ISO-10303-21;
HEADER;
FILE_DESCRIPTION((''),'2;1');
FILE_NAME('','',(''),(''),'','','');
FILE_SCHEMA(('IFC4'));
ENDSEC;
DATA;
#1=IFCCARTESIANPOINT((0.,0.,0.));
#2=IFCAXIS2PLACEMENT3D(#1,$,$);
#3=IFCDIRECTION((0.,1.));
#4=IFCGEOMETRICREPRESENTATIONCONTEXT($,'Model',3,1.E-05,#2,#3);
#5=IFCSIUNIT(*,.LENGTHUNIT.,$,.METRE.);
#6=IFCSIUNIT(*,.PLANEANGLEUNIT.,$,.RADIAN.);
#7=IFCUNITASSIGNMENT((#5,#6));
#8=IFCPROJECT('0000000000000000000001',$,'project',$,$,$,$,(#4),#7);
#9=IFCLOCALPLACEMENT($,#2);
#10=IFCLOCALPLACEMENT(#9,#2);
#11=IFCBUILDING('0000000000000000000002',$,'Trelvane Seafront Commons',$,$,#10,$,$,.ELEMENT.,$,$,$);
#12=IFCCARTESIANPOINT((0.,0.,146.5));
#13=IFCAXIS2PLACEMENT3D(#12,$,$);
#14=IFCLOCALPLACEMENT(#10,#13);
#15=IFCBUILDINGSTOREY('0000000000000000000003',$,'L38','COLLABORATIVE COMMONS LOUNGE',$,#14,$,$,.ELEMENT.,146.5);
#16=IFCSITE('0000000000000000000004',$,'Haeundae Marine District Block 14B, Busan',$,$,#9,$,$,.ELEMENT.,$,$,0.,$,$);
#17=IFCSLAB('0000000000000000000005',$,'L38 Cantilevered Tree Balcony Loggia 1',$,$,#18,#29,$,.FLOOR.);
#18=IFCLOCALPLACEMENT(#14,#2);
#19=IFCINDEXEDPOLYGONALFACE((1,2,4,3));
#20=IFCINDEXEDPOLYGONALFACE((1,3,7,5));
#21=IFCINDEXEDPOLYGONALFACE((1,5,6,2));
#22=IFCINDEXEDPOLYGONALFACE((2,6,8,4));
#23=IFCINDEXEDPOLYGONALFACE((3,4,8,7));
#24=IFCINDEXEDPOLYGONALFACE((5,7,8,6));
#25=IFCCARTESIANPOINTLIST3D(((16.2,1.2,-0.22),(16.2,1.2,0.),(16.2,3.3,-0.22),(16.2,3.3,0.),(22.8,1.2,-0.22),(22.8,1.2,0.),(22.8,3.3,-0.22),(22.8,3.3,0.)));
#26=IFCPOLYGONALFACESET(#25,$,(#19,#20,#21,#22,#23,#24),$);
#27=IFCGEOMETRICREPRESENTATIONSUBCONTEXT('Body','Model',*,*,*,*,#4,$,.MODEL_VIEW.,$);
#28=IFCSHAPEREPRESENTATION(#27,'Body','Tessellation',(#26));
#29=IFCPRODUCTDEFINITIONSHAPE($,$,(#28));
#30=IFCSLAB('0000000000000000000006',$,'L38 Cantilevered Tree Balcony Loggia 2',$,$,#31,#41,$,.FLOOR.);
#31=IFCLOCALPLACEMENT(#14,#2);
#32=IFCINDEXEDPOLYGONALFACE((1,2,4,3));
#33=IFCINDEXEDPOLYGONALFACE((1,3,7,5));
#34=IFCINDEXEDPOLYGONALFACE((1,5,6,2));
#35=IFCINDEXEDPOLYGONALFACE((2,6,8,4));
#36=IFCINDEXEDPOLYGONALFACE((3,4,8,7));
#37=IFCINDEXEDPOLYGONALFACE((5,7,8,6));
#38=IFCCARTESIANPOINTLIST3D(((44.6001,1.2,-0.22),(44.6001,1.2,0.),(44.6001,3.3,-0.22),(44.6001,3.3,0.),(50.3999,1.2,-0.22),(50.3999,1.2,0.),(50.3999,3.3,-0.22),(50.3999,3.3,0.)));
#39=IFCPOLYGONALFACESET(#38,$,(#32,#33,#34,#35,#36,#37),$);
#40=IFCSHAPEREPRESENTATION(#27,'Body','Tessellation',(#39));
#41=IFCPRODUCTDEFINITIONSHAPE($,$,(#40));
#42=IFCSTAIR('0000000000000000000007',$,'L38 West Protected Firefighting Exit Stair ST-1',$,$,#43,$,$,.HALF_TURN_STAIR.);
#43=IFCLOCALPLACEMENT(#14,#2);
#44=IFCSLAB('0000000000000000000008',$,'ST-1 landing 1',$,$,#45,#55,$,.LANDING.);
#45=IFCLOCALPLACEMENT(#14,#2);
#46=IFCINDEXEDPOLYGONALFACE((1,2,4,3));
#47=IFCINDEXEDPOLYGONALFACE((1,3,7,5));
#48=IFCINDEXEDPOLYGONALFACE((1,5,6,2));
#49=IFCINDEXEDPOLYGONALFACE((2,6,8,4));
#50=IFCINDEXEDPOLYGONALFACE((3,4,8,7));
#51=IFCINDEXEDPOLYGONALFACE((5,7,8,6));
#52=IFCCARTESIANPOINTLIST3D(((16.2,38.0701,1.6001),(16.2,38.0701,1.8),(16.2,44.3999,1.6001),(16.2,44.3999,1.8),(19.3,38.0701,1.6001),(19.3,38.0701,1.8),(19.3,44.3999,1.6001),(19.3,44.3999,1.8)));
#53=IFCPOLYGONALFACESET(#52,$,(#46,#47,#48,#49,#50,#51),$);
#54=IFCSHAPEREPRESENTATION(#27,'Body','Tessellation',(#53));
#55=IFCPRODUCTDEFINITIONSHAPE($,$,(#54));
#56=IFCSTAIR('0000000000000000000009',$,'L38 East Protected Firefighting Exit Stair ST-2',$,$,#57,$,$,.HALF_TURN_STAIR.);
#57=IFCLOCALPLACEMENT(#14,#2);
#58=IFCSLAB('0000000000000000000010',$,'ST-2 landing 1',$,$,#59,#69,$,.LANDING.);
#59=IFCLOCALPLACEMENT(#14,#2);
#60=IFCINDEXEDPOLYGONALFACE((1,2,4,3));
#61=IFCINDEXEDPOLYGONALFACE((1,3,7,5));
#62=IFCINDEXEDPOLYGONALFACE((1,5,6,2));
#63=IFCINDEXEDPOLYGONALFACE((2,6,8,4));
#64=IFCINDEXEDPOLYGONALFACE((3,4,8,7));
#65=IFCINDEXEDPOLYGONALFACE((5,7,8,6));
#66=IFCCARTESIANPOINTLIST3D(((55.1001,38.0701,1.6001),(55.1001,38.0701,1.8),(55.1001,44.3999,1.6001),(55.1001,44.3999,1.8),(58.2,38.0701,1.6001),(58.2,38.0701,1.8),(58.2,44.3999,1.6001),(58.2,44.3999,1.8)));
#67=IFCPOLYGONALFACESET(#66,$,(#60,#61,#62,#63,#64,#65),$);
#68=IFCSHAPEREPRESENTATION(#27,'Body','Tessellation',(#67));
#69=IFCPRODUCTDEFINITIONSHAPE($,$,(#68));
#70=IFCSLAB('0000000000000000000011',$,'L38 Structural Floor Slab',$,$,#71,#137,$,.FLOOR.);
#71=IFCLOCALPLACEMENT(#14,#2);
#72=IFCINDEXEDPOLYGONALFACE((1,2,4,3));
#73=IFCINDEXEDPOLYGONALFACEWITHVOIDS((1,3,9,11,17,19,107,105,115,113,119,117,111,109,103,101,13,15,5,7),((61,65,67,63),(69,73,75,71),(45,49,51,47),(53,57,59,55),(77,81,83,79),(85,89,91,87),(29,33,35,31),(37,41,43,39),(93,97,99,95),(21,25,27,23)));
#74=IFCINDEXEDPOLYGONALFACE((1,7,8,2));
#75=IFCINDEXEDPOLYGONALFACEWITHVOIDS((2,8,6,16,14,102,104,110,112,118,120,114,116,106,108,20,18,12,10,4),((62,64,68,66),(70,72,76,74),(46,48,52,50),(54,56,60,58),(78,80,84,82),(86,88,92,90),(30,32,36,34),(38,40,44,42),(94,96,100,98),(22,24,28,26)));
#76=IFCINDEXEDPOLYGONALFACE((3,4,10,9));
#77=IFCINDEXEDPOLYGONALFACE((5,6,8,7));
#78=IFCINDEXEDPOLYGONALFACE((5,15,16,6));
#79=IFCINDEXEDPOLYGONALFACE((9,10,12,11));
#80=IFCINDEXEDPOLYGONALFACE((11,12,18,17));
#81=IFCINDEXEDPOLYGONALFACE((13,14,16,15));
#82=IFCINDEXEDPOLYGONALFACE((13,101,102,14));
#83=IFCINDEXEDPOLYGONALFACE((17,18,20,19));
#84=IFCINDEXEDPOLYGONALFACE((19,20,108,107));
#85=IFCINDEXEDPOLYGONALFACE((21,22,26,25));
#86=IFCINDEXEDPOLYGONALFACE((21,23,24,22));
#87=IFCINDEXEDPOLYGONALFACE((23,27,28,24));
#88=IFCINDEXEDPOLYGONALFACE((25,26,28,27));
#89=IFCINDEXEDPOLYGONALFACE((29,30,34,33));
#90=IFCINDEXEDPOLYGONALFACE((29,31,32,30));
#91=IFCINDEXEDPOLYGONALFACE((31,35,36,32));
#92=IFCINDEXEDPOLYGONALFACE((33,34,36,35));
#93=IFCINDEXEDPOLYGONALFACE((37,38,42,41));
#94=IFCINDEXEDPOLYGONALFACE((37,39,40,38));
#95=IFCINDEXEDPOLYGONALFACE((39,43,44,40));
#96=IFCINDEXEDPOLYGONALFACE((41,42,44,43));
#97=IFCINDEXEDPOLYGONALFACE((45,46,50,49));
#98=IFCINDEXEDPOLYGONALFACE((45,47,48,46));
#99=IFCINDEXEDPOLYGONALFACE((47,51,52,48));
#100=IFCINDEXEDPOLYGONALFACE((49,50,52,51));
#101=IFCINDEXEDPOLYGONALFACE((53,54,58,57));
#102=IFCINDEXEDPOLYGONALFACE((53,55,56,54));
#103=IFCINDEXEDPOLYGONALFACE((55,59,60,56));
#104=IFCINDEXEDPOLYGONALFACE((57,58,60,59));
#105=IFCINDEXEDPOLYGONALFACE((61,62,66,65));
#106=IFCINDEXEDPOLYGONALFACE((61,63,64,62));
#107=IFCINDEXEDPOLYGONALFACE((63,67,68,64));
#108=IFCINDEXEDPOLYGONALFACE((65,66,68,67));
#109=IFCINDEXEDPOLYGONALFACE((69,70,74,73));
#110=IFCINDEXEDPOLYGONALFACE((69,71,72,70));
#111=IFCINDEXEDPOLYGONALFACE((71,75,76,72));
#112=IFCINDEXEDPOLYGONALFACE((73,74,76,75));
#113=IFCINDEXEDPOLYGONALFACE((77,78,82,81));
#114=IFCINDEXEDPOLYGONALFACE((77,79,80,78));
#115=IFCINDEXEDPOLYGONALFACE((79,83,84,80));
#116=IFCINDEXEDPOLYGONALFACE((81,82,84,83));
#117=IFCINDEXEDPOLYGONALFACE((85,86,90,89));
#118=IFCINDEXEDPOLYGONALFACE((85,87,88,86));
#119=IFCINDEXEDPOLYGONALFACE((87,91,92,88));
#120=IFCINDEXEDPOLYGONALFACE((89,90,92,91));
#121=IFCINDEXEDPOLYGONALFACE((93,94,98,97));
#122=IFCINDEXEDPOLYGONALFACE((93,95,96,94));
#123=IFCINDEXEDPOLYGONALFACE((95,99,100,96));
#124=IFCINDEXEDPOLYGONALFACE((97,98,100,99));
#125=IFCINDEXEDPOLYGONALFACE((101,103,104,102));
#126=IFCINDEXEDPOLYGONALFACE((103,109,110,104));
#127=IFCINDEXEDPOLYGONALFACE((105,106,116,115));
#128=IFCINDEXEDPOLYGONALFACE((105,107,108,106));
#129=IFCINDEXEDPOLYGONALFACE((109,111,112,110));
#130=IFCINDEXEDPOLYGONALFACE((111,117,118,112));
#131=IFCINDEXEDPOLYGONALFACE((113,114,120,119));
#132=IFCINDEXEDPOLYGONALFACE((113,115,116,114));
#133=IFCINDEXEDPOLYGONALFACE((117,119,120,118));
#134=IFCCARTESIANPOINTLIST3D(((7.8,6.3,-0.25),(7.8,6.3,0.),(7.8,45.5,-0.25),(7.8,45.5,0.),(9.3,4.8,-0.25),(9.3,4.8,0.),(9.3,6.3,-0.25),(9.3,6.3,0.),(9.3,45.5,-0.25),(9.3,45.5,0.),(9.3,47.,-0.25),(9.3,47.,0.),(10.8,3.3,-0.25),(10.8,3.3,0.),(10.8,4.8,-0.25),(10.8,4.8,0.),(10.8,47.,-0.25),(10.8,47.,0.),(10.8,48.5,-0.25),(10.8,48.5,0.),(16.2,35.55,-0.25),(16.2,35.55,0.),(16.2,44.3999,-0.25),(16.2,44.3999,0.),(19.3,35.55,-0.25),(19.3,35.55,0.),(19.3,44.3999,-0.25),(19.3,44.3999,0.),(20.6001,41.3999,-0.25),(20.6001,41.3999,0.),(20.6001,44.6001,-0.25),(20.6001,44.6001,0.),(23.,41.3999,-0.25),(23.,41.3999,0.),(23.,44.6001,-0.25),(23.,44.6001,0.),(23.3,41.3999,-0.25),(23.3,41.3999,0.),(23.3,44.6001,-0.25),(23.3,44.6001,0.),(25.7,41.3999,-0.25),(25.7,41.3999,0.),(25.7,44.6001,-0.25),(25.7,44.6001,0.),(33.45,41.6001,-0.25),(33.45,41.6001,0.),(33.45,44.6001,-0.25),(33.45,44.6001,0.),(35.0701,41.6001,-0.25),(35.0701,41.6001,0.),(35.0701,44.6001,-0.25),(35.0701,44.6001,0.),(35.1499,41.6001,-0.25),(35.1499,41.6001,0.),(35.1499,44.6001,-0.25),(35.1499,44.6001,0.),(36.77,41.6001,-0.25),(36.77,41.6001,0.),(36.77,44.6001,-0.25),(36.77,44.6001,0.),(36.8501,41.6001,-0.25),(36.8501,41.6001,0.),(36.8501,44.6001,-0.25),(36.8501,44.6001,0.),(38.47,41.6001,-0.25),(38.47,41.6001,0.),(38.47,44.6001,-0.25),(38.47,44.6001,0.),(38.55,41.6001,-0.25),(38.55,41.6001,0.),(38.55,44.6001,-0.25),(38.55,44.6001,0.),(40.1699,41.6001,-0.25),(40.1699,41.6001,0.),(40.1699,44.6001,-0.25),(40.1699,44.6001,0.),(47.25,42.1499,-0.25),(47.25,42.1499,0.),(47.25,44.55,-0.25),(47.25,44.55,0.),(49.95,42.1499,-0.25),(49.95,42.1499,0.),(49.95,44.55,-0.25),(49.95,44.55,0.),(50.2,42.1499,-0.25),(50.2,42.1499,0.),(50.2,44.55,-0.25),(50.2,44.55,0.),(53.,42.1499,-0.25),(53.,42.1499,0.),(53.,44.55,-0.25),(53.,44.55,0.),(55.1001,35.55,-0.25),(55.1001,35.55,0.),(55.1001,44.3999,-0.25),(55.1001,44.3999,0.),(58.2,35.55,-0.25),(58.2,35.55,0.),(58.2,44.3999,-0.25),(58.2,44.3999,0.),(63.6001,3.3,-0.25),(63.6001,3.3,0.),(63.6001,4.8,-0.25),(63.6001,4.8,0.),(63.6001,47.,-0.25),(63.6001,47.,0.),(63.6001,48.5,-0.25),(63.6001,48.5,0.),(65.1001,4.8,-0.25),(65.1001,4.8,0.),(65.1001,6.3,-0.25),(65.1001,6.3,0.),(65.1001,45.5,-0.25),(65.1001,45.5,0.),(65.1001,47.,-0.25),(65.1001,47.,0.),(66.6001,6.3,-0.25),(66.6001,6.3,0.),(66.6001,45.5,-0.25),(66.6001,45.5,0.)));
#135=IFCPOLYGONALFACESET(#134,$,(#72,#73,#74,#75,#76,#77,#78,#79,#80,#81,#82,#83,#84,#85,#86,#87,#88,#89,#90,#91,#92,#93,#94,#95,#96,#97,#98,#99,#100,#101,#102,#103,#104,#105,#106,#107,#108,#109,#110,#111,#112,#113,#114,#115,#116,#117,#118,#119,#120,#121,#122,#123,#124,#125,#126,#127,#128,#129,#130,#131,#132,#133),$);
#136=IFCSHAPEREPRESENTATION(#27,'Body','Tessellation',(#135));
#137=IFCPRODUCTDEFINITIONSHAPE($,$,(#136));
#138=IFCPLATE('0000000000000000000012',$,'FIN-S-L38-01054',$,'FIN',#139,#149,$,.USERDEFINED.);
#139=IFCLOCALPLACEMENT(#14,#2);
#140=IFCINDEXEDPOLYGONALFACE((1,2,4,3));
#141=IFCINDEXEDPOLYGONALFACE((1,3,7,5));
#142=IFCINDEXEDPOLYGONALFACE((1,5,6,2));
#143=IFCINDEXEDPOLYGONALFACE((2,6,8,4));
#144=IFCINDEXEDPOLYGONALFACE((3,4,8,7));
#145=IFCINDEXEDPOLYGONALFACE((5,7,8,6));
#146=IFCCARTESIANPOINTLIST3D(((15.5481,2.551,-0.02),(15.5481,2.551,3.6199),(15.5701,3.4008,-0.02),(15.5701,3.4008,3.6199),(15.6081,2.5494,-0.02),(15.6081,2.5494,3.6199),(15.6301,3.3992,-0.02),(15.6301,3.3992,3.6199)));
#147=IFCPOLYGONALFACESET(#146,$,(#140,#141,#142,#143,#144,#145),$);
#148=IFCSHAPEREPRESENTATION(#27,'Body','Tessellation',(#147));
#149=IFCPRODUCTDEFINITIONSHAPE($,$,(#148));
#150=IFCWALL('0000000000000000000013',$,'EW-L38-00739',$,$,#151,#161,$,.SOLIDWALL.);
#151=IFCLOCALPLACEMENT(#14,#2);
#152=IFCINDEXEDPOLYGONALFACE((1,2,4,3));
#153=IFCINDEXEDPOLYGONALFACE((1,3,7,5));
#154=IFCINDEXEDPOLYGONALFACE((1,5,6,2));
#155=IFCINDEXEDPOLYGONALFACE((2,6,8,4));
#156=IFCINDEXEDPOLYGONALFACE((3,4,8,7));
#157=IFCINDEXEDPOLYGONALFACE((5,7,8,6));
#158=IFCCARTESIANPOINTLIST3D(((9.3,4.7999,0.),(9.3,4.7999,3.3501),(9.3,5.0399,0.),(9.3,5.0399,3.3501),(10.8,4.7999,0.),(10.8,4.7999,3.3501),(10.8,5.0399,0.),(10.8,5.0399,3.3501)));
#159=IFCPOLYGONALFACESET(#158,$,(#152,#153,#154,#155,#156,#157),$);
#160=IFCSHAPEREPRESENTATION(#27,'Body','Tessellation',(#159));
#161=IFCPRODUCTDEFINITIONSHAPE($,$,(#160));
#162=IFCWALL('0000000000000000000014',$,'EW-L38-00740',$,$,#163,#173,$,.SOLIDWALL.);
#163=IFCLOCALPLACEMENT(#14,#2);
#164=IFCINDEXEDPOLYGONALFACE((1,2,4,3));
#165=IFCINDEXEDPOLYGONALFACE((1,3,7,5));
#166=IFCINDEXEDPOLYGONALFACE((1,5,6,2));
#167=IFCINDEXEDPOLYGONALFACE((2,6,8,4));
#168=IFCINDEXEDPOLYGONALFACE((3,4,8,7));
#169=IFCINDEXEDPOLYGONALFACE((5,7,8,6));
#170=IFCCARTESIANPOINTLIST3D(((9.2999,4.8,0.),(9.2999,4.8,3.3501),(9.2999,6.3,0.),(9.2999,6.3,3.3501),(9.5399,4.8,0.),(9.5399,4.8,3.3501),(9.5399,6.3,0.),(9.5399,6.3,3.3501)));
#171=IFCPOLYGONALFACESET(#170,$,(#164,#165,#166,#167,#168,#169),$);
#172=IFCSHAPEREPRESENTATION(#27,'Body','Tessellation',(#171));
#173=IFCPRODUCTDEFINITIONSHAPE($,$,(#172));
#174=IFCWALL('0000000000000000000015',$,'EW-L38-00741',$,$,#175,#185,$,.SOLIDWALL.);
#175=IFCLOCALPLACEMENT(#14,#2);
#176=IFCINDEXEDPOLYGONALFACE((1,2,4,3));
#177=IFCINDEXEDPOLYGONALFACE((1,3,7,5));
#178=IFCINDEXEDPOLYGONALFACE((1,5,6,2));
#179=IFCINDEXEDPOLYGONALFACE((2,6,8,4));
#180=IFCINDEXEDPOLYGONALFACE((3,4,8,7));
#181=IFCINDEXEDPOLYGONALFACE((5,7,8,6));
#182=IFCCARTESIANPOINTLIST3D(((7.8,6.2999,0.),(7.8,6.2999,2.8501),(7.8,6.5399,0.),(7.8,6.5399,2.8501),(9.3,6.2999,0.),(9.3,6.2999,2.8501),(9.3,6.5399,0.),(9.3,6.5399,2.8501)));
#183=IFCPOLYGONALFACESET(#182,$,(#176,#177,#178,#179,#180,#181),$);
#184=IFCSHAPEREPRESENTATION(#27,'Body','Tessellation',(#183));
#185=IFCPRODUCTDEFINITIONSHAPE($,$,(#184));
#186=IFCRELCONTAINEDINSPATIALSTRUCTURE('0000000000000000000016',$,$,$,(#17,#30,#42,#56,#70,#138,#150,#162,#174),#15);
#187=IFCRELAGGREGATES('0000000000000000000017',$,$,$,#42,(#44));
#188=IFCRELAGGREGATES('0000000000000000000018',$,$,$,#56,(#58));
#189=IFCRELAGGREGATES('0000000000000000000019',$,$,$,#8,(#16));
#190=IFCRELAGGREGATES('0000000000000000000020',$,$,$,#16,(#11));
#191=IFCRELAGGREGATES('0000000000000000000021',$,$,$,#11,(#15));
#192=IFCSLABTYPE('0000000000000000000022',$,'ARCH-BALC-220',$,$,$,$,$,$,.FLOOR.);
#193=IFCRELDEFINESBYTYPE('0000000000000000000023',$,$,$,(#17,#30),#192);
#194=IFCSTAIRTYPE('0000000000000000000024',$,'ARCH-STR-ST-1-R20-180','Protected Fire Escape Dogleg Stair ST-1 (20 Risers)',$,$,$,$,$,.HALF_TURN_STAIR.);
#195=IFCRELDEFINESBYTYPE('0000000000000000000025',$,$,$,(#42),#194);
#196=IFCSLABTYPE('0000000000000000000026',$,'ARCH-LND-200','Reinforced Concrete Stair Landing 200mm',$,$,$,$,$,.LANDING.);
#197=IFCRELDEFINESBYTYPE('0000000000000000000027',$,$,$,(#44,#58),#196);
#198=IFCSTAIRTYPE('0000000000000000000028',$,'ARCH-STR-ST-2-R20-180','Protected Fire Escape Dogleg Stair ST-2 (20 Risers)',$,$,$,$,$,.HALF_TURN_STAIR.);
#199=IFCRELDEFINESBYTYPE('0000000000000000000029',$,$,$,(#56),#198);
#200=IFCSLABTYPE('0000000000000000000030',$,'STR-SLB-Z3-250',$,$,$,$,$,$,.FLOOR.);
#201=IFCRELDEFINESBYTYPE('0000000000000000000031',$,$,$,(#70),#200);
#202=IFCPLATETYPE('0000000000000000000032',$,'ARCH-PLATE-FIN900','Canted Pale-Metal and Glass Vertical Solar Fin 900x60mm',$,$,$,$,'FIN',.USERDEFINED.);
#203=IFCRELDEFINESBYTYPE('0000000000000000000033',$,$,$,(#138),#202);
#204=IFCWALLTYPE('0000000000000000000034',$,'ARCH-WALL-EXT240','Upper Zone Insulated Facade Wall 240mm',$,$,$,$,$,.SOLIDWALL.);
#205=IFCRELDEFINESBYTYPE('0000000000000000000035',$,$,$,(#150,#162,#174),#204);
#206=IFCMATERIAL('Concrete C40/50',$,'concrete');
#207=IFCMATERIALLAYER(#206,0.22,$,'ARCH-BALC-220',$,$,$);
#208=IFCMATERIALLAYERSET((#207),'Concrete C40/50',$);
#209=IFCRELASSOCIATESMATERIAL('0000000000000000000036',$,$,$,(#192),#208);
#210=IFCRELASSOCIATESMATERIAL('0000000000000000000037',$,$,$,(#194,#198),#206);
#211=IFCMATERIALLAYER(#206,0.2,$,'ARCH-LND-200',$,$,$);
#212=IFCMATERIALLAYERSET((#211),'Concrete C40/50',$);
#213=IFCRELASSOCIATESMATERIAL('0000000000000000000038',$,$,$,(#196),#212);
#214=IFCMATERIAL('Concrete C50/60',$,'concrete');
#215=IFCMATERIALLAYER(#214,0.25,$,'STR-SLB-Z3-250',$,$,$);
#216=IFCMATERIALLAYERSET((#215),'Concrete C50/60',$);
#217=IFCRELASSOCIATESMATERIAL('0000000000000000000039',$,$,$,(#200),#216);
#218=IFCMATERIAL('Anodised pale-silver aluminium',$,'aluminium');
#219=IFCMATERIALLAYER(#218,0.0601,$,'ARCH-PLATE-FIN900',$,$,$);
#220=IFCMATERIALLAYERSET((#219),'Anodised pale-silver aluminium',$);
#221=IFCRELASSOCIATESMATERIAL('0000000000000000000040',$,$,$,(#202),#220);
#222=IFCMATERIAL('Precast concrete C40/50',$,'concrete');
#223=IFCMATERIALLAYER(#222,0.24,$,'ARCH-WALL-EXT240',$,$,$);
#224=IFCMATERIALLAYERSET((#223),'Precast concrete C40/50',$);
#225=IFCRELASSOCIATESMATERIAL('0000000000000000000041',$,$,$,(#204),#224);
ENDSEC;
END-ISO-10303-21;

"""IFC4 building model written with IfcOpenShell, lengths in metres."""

from ifc_helpers import new_model, si_unit, direction, frame, frame_2d, origin, origin_2d, place, context, subcontext, project, spatial, polyline, rectangle, outline, extrude, source, transform, mapped, material, layer, layer_set, type_object, element, aggregate, save


model = new_model("IFC4")

# Units and contexts
model_context = context("Model", 3, precision=1e-05, world=origin(), true_north=direction((0.0, 1.0)))
body_context = subcontext(model_context, "Body", "Model", "MODEL_VIEW")
ifc_project = project(units=[si_unit("LENGTHUNIT", "METRE"), si_unit("PLANEANGLEUNIT", "RADIAN")], contexts=[model_context])

# Site, building, storey
site_placement = place(None, origin())
site = spatial("IfcSite", under=ifc_project, at=site_placement, Name="Haeundae Marine District Block 14B, Busan", CompositionType="ELEMENT", RefElevation=0.0)
building_placement = place(site_placement, origin())
building = spatial("IfcBuilding", under=site, at=building_placement, Name="Trelvane Seafront Commons", CompositionType="ELEMENT")
storey_placement = place(building_placement, frame((0.0, 0.0, 146.5)))
storey = spatial("IfcBuildingStorey", under=building, at=storey_placement, Name="L38", Description="COLLABORATIVE COMMONS LOUNGE", CompositionType="ELEMENT", Elevation=146.5)

# Slabs
ifc_material_1 = material(Name="Concrete C40/50", Category="concrete")
ifc_layer_1 = layer(ifc_material_1, 0.22, Name="ARCH-BALC-220")
ifc_layer_set_1 = layer_set([ifc_layer_1], Name="Concrete C40/50")
slab_type_1 = type_object("IfcSlabType", Name="ARCH-BALC-220", PredefinedType="FLOOR", material=ifc_layer_set_1)
slab_1_placement = place(storey_placement, frame((0.0, 0.0, -0.22)))
element("IfcSlab", 1, at=slab_1_placement, inside=storey, type_object=slab_type_1, Name="L38 Cantilevered Tree Balcony Loggia 1", PredefinedType="FLOOR", context=body_context, shape_type="SweptSolid", body=[
    extrude(outline(polyline([(16.2, 1.2), (22.8, 1.2), (22.8, 3.3), (16.2, 3.3), (16.2, 1.2)])), origin(), (0.0, 0.0, 1.0), 0.22),
])
slab_2_placement = place(storey_placement, frame((0.0, 0.0, -0.22)))
element("IfcSlab", 2, at=slab_2_placement, inside=storey, type_object=slab_type_1, Name="L38 Cantilevered Tree Balcony Loggia 2", PredefinedType="FLOOR", context=body_context, shape_type="SweptSolid", body=[
    extrude(outline(polyline([(44.6001, 1.2), (50.3999, 1.2), (50.3999, 3.3), (44.6001, 3.3), (44.6001, 1.2)])), origin(), (0.0, 0.0, 1.0), 0.22),
])

# Stairs, slabs
stair_type_1 = type_object("IfcStairType", Name="ARCH-STR-ST-1-R20-180", Description="Protected Fire Escape Dogleg Stair ST-1 (20 Risers)", PredefinedType="HALF_TURN_STAIR", material=ifc_material_1)
stair_1_placement = place(storey_placement, origin())
stair_1 = element("IfcStair", 3, at=stair_1_placement, inside=storey, type_object=stair_type_1, Name="L38 West Protected Firefighting Exit Stair ST-1", PredefinedType="HALF_TURN_STAIR")
ifc_layer_2 = layer(ifc_material_1, 0.2, Name="ARCH-LND-200")
ifc_layer_set_2 = layer_set([ifc_layer_2], Name="Concrete C40/50")
slab_type_2 = type_object("IfcSlabType", Name="ARCH-LND-200", Description="Reinforced Concrete Stair Landing 200mm", PredefinedType="LANDING", material=ifc_layer_set_2)
slab_3_placement = place(storey_placement, frame((0.0, 0.0, 1.6001)))
slab_3 = element("IfcSlab", 4, at=slab_3_placement, type_object=slab_type_2, Name="ST-1 landing 1", PredefinedType="LANDING", context=body_context, shape_type="SweptSolid", body=[
    extrude(outline(polyline([(19.3, 38.0701), (19.3, 44.3999), (16.2, 44.3999), (16.2, 38.0701), (19.3, 38.0701)])), origin(), (0.0, 0.0, 1.0), 0.2),
])
aggregate(stair_1, [slab_3])
stair_type_2 = type_object("IfcStairType", Name="ARCH-STR-ST-2-R20-180", Description="Protected Fire Escape Dogleg Stair ST-2 (20 Risers)", PredefinedType="HALF_TURN_STAIR", material=ifc_material_1)
stair_2_placement = place(storey_placement, origin())
stair_2 = element("IfcStair", 5, at=stair_2_placement, inside=storey, type_object=stair_type_2, Name="L38 East Protected Firefighting Exit Stair ST-2", PredefinedType="HALF_TURN_STAIR")
slab_4_placement = place(storey_placement, frame((0.0, 0.0, 1.6001)))
slab_4 = element("IfcSlab", 6, at=slab_4_placement, type_object=slab_type_2, Name="ST-2 landing 1", PredefinedType="LANDING", context=body_context, shape_type="SweptSolid", body=[
    extrude(outline(polyline([(58.2, 38.0701), (58.2, 44.3999), (55.1001, 44.3999), (55.1001, 38.0701), (58.2, 38.0701)])), origin(), (0.0, 0.0, 1.0), 0.2),
])
aggregate(stair_2, [slab_4])

# Slab
ifc_material_2 = material(Name="Concrete C50/60", Category="concrete")
ifc_layer_3 = layer(ifc_material_2, 0.25, Name="STR-SLB-Z3-250")
ifc_layer_set_3 = layer_set([ifc_layer_3], Name="Concrete C50/60")
slab_type_3 = type_object("IfcSlabType", Name="STR-SLB-Z3-250", PredefinedType="FLOOR", material=ifc_layer_set_3)
slab_5_placement = place(storey_placement, frame((0.0, 0.0, -0.25)))
element("IfcSlab", 7, at=slab_5_placement, inside=storey, type_object=slab_type_3, Name="L38 Structural Floor Slab", PredefinedType="FLOOR", context=body_context, shape_type="SweptSolid", body=[
    extrude(outline(polyline([(10.8, 3.3), (63.6001, 3.3), (63.6001, 4.8), (65.1001, 4.8), (65.1001, 6.3), (66.6001, 6.3), (66.6001, 45.5), (65.1001, 45.5), (65.1001, 47.0), (63.6001, 47.0), (63.6001, 48.5), (10.8, 48.5), (10.8, 47.0), (9.3, 47.0), (9.3, 45.5), (7.8, 45.5), (7.8, 6.3), (9.3, 6.3), (9.3, 4.8), (10.8, 4.8), (10.8, 3.3)]), holes=[polyline([(19.3, 35.55), (16.2, 35.55), (16.2, 44.3999), (19.3, 44.3999), (19.3, 35.55)]), polyline([(58.2, 35.55), (55.1001, 35.55), (55.1001, 44.3999), (58.2, 44.3999), (58.2, 35.55)]), polyline([(23.0, 41.3999), (20.6001, 41.3999), (20.6001, 44.6001), (23.0, 44.6001), (23.0, 41.3999)]), polyline([(23.3, 41.3999), (23.3, 44.6001), (25.7, 44.6001), (25.7, 41.3999), (23.3, 41.3999)]), polyline([(33.45, 41.6001), (33.45, 44.6001), (35.0701, 44.6001), (35.0701, 41.6001), (33.45, 41.6001)]), polyline([(36.77, 41.6001), (35.1499, 41.6001), (35.1499, 44.6001), (36.77, 44.6001), (36.77, 41.6001)]), polyline([(38.47, 41.6001), (36.8501, 41.6001), (36.8501, 44.6001), (38.47, 44.6001), (38.47, 41.6001)]), polyline([(40.1699, 41.6001), (38.55, 41.6001), (38.55, 44.6001), (40.1699, 44.6001), (40.1699, 41.6001)]), polyline([(47.25, 42.1499), (47.25, 44.55), (49.95, 44.55), (49.95, 42.1499), (47.25, 42.1499)]), polyline([(50.2, 42.1499), (50.2, 44.55), (53.0, 44.55), (53.0, 42.1499), (50.2, 42.1499)])]), origin(), (0.0, 0.0, 1.0), 0.25),
])

# Plate
ifc_material_3 = material(Name="Anodised pale-silver aluminium", Category="aluminium")
ifc_layer_4 = layer(ifc_material_3, 0.0601, Name="ARCH-PLATE-FIN900")
ifc_layer_set_4 = layer_set([ifc_layer_4], Name="Anodised pale-silver aluminium")
plate_type = type_object("IfcPlateType", Name="ARCH-PLATE-FIN900", Description="Canted Pale-Metal and Glass Vertical Solar Fin 900x60mm", ElementType="FIN", PredefinedType="USERDEFINED", material=ifc_layer_set_4)
shared_shape_1 = source(origin(), body_context, "Body", "SweptSolid", [
    extrude(rectangle(XDim=0.8501, YDim=0.0601, at=origin_2d()), origin(), (0.0, 0.0, 1.0), 3.6399),
])
plate_placement = place(storey_placement, frame((15.5891, 2.9751, -0.02), z_axis=(0.0, 0.0, 1.0), x_axis=(-0.025882, -0.999665, 0.0)))
element("IfcPlate", 8, at=plate_placement, inside=storey, type_object=plate_type, Name="FIN-S-L38-01054", ObjectType="FIN", PredefinedType="USERDEFINED", context=body_context, shape_type="MappedRepresentation", body=[
    mapped(shared_shape_1, transform((0.0, 0.0, 0.0), x_axis=(1.0, 0.0, 0.0), y_axis=(0.0, 1.0, 0.0), z_axis=(0.0, 0.0, 1.0), scale=1.0)),
])

# Walls
ifc_material_4 = material(Name="Precast concrete C40/50", Category="concrete")
ifc_layer_5 = layer(ifc_material_4, 0.24, Name="ARCH-WALL-EXT240")
ifc_layer_set_5 = layer_set([ifc_layer_5], Name="Precast concrete C40/50")
wall_type_1 = type_object("IfcWallType", Name="ARCH-WALL-EXT240", Description="Upper Zone Insulated Facade Wall 240mm", PredefinedType="SOLIDWALL", material=ifc_layer_set_5)
for number, where, z_axis, x_axis, name in (
    (9, (10.8, 4.9199, 0.0), (0.0, 0.0, 1.0), (-1.0, 0.0, 0.0), "EW-L38-00739"),
    (10, (9.4199, 4.8, 0.0), (0.0, 0.0, 1.0), (0.0, 1.0, 0.0), "EW-L38-00740"),
):
    element("IfcWall", number, at=place(storey_placement, frame(where, z_axis=z_axis, x_axis=x_axis)), inside=storey, type_object=wall_type_1, Name=name, PredefinedType="SOLIDWALL", context=body_context, shape_type="SweptSolid", body=[
        extrude(rectangle(XDim=1.5, YDim=0.24, at=frame_2d((0.75, 0.0))), origin(), (0.0, 0.0, 1.0), 3.3501),
    ])
wall_1_placement = place(storey_placement, frame((9.3, 6.4199, 0.0), z_axis=(0.0, 0.0, 1.0), x_axis=(-1.0, 0.0, 0.0)))
element("IfcWall", 11, at=wall_1_placement, inside=storey, type_object=wall_type_1, Name="EW-L38-00741", PredefinedType="SOLIDWALL", context=body_context, shape_type="SweptSolid", body=[
    extrude(rectangle(XDim=1.5, YDim=0.24, at=frame_2d((0.75, 0.0))), origin(), (0.0, 0.0, 1.0), 2.8501),
])

save(model, "model.ifc")
